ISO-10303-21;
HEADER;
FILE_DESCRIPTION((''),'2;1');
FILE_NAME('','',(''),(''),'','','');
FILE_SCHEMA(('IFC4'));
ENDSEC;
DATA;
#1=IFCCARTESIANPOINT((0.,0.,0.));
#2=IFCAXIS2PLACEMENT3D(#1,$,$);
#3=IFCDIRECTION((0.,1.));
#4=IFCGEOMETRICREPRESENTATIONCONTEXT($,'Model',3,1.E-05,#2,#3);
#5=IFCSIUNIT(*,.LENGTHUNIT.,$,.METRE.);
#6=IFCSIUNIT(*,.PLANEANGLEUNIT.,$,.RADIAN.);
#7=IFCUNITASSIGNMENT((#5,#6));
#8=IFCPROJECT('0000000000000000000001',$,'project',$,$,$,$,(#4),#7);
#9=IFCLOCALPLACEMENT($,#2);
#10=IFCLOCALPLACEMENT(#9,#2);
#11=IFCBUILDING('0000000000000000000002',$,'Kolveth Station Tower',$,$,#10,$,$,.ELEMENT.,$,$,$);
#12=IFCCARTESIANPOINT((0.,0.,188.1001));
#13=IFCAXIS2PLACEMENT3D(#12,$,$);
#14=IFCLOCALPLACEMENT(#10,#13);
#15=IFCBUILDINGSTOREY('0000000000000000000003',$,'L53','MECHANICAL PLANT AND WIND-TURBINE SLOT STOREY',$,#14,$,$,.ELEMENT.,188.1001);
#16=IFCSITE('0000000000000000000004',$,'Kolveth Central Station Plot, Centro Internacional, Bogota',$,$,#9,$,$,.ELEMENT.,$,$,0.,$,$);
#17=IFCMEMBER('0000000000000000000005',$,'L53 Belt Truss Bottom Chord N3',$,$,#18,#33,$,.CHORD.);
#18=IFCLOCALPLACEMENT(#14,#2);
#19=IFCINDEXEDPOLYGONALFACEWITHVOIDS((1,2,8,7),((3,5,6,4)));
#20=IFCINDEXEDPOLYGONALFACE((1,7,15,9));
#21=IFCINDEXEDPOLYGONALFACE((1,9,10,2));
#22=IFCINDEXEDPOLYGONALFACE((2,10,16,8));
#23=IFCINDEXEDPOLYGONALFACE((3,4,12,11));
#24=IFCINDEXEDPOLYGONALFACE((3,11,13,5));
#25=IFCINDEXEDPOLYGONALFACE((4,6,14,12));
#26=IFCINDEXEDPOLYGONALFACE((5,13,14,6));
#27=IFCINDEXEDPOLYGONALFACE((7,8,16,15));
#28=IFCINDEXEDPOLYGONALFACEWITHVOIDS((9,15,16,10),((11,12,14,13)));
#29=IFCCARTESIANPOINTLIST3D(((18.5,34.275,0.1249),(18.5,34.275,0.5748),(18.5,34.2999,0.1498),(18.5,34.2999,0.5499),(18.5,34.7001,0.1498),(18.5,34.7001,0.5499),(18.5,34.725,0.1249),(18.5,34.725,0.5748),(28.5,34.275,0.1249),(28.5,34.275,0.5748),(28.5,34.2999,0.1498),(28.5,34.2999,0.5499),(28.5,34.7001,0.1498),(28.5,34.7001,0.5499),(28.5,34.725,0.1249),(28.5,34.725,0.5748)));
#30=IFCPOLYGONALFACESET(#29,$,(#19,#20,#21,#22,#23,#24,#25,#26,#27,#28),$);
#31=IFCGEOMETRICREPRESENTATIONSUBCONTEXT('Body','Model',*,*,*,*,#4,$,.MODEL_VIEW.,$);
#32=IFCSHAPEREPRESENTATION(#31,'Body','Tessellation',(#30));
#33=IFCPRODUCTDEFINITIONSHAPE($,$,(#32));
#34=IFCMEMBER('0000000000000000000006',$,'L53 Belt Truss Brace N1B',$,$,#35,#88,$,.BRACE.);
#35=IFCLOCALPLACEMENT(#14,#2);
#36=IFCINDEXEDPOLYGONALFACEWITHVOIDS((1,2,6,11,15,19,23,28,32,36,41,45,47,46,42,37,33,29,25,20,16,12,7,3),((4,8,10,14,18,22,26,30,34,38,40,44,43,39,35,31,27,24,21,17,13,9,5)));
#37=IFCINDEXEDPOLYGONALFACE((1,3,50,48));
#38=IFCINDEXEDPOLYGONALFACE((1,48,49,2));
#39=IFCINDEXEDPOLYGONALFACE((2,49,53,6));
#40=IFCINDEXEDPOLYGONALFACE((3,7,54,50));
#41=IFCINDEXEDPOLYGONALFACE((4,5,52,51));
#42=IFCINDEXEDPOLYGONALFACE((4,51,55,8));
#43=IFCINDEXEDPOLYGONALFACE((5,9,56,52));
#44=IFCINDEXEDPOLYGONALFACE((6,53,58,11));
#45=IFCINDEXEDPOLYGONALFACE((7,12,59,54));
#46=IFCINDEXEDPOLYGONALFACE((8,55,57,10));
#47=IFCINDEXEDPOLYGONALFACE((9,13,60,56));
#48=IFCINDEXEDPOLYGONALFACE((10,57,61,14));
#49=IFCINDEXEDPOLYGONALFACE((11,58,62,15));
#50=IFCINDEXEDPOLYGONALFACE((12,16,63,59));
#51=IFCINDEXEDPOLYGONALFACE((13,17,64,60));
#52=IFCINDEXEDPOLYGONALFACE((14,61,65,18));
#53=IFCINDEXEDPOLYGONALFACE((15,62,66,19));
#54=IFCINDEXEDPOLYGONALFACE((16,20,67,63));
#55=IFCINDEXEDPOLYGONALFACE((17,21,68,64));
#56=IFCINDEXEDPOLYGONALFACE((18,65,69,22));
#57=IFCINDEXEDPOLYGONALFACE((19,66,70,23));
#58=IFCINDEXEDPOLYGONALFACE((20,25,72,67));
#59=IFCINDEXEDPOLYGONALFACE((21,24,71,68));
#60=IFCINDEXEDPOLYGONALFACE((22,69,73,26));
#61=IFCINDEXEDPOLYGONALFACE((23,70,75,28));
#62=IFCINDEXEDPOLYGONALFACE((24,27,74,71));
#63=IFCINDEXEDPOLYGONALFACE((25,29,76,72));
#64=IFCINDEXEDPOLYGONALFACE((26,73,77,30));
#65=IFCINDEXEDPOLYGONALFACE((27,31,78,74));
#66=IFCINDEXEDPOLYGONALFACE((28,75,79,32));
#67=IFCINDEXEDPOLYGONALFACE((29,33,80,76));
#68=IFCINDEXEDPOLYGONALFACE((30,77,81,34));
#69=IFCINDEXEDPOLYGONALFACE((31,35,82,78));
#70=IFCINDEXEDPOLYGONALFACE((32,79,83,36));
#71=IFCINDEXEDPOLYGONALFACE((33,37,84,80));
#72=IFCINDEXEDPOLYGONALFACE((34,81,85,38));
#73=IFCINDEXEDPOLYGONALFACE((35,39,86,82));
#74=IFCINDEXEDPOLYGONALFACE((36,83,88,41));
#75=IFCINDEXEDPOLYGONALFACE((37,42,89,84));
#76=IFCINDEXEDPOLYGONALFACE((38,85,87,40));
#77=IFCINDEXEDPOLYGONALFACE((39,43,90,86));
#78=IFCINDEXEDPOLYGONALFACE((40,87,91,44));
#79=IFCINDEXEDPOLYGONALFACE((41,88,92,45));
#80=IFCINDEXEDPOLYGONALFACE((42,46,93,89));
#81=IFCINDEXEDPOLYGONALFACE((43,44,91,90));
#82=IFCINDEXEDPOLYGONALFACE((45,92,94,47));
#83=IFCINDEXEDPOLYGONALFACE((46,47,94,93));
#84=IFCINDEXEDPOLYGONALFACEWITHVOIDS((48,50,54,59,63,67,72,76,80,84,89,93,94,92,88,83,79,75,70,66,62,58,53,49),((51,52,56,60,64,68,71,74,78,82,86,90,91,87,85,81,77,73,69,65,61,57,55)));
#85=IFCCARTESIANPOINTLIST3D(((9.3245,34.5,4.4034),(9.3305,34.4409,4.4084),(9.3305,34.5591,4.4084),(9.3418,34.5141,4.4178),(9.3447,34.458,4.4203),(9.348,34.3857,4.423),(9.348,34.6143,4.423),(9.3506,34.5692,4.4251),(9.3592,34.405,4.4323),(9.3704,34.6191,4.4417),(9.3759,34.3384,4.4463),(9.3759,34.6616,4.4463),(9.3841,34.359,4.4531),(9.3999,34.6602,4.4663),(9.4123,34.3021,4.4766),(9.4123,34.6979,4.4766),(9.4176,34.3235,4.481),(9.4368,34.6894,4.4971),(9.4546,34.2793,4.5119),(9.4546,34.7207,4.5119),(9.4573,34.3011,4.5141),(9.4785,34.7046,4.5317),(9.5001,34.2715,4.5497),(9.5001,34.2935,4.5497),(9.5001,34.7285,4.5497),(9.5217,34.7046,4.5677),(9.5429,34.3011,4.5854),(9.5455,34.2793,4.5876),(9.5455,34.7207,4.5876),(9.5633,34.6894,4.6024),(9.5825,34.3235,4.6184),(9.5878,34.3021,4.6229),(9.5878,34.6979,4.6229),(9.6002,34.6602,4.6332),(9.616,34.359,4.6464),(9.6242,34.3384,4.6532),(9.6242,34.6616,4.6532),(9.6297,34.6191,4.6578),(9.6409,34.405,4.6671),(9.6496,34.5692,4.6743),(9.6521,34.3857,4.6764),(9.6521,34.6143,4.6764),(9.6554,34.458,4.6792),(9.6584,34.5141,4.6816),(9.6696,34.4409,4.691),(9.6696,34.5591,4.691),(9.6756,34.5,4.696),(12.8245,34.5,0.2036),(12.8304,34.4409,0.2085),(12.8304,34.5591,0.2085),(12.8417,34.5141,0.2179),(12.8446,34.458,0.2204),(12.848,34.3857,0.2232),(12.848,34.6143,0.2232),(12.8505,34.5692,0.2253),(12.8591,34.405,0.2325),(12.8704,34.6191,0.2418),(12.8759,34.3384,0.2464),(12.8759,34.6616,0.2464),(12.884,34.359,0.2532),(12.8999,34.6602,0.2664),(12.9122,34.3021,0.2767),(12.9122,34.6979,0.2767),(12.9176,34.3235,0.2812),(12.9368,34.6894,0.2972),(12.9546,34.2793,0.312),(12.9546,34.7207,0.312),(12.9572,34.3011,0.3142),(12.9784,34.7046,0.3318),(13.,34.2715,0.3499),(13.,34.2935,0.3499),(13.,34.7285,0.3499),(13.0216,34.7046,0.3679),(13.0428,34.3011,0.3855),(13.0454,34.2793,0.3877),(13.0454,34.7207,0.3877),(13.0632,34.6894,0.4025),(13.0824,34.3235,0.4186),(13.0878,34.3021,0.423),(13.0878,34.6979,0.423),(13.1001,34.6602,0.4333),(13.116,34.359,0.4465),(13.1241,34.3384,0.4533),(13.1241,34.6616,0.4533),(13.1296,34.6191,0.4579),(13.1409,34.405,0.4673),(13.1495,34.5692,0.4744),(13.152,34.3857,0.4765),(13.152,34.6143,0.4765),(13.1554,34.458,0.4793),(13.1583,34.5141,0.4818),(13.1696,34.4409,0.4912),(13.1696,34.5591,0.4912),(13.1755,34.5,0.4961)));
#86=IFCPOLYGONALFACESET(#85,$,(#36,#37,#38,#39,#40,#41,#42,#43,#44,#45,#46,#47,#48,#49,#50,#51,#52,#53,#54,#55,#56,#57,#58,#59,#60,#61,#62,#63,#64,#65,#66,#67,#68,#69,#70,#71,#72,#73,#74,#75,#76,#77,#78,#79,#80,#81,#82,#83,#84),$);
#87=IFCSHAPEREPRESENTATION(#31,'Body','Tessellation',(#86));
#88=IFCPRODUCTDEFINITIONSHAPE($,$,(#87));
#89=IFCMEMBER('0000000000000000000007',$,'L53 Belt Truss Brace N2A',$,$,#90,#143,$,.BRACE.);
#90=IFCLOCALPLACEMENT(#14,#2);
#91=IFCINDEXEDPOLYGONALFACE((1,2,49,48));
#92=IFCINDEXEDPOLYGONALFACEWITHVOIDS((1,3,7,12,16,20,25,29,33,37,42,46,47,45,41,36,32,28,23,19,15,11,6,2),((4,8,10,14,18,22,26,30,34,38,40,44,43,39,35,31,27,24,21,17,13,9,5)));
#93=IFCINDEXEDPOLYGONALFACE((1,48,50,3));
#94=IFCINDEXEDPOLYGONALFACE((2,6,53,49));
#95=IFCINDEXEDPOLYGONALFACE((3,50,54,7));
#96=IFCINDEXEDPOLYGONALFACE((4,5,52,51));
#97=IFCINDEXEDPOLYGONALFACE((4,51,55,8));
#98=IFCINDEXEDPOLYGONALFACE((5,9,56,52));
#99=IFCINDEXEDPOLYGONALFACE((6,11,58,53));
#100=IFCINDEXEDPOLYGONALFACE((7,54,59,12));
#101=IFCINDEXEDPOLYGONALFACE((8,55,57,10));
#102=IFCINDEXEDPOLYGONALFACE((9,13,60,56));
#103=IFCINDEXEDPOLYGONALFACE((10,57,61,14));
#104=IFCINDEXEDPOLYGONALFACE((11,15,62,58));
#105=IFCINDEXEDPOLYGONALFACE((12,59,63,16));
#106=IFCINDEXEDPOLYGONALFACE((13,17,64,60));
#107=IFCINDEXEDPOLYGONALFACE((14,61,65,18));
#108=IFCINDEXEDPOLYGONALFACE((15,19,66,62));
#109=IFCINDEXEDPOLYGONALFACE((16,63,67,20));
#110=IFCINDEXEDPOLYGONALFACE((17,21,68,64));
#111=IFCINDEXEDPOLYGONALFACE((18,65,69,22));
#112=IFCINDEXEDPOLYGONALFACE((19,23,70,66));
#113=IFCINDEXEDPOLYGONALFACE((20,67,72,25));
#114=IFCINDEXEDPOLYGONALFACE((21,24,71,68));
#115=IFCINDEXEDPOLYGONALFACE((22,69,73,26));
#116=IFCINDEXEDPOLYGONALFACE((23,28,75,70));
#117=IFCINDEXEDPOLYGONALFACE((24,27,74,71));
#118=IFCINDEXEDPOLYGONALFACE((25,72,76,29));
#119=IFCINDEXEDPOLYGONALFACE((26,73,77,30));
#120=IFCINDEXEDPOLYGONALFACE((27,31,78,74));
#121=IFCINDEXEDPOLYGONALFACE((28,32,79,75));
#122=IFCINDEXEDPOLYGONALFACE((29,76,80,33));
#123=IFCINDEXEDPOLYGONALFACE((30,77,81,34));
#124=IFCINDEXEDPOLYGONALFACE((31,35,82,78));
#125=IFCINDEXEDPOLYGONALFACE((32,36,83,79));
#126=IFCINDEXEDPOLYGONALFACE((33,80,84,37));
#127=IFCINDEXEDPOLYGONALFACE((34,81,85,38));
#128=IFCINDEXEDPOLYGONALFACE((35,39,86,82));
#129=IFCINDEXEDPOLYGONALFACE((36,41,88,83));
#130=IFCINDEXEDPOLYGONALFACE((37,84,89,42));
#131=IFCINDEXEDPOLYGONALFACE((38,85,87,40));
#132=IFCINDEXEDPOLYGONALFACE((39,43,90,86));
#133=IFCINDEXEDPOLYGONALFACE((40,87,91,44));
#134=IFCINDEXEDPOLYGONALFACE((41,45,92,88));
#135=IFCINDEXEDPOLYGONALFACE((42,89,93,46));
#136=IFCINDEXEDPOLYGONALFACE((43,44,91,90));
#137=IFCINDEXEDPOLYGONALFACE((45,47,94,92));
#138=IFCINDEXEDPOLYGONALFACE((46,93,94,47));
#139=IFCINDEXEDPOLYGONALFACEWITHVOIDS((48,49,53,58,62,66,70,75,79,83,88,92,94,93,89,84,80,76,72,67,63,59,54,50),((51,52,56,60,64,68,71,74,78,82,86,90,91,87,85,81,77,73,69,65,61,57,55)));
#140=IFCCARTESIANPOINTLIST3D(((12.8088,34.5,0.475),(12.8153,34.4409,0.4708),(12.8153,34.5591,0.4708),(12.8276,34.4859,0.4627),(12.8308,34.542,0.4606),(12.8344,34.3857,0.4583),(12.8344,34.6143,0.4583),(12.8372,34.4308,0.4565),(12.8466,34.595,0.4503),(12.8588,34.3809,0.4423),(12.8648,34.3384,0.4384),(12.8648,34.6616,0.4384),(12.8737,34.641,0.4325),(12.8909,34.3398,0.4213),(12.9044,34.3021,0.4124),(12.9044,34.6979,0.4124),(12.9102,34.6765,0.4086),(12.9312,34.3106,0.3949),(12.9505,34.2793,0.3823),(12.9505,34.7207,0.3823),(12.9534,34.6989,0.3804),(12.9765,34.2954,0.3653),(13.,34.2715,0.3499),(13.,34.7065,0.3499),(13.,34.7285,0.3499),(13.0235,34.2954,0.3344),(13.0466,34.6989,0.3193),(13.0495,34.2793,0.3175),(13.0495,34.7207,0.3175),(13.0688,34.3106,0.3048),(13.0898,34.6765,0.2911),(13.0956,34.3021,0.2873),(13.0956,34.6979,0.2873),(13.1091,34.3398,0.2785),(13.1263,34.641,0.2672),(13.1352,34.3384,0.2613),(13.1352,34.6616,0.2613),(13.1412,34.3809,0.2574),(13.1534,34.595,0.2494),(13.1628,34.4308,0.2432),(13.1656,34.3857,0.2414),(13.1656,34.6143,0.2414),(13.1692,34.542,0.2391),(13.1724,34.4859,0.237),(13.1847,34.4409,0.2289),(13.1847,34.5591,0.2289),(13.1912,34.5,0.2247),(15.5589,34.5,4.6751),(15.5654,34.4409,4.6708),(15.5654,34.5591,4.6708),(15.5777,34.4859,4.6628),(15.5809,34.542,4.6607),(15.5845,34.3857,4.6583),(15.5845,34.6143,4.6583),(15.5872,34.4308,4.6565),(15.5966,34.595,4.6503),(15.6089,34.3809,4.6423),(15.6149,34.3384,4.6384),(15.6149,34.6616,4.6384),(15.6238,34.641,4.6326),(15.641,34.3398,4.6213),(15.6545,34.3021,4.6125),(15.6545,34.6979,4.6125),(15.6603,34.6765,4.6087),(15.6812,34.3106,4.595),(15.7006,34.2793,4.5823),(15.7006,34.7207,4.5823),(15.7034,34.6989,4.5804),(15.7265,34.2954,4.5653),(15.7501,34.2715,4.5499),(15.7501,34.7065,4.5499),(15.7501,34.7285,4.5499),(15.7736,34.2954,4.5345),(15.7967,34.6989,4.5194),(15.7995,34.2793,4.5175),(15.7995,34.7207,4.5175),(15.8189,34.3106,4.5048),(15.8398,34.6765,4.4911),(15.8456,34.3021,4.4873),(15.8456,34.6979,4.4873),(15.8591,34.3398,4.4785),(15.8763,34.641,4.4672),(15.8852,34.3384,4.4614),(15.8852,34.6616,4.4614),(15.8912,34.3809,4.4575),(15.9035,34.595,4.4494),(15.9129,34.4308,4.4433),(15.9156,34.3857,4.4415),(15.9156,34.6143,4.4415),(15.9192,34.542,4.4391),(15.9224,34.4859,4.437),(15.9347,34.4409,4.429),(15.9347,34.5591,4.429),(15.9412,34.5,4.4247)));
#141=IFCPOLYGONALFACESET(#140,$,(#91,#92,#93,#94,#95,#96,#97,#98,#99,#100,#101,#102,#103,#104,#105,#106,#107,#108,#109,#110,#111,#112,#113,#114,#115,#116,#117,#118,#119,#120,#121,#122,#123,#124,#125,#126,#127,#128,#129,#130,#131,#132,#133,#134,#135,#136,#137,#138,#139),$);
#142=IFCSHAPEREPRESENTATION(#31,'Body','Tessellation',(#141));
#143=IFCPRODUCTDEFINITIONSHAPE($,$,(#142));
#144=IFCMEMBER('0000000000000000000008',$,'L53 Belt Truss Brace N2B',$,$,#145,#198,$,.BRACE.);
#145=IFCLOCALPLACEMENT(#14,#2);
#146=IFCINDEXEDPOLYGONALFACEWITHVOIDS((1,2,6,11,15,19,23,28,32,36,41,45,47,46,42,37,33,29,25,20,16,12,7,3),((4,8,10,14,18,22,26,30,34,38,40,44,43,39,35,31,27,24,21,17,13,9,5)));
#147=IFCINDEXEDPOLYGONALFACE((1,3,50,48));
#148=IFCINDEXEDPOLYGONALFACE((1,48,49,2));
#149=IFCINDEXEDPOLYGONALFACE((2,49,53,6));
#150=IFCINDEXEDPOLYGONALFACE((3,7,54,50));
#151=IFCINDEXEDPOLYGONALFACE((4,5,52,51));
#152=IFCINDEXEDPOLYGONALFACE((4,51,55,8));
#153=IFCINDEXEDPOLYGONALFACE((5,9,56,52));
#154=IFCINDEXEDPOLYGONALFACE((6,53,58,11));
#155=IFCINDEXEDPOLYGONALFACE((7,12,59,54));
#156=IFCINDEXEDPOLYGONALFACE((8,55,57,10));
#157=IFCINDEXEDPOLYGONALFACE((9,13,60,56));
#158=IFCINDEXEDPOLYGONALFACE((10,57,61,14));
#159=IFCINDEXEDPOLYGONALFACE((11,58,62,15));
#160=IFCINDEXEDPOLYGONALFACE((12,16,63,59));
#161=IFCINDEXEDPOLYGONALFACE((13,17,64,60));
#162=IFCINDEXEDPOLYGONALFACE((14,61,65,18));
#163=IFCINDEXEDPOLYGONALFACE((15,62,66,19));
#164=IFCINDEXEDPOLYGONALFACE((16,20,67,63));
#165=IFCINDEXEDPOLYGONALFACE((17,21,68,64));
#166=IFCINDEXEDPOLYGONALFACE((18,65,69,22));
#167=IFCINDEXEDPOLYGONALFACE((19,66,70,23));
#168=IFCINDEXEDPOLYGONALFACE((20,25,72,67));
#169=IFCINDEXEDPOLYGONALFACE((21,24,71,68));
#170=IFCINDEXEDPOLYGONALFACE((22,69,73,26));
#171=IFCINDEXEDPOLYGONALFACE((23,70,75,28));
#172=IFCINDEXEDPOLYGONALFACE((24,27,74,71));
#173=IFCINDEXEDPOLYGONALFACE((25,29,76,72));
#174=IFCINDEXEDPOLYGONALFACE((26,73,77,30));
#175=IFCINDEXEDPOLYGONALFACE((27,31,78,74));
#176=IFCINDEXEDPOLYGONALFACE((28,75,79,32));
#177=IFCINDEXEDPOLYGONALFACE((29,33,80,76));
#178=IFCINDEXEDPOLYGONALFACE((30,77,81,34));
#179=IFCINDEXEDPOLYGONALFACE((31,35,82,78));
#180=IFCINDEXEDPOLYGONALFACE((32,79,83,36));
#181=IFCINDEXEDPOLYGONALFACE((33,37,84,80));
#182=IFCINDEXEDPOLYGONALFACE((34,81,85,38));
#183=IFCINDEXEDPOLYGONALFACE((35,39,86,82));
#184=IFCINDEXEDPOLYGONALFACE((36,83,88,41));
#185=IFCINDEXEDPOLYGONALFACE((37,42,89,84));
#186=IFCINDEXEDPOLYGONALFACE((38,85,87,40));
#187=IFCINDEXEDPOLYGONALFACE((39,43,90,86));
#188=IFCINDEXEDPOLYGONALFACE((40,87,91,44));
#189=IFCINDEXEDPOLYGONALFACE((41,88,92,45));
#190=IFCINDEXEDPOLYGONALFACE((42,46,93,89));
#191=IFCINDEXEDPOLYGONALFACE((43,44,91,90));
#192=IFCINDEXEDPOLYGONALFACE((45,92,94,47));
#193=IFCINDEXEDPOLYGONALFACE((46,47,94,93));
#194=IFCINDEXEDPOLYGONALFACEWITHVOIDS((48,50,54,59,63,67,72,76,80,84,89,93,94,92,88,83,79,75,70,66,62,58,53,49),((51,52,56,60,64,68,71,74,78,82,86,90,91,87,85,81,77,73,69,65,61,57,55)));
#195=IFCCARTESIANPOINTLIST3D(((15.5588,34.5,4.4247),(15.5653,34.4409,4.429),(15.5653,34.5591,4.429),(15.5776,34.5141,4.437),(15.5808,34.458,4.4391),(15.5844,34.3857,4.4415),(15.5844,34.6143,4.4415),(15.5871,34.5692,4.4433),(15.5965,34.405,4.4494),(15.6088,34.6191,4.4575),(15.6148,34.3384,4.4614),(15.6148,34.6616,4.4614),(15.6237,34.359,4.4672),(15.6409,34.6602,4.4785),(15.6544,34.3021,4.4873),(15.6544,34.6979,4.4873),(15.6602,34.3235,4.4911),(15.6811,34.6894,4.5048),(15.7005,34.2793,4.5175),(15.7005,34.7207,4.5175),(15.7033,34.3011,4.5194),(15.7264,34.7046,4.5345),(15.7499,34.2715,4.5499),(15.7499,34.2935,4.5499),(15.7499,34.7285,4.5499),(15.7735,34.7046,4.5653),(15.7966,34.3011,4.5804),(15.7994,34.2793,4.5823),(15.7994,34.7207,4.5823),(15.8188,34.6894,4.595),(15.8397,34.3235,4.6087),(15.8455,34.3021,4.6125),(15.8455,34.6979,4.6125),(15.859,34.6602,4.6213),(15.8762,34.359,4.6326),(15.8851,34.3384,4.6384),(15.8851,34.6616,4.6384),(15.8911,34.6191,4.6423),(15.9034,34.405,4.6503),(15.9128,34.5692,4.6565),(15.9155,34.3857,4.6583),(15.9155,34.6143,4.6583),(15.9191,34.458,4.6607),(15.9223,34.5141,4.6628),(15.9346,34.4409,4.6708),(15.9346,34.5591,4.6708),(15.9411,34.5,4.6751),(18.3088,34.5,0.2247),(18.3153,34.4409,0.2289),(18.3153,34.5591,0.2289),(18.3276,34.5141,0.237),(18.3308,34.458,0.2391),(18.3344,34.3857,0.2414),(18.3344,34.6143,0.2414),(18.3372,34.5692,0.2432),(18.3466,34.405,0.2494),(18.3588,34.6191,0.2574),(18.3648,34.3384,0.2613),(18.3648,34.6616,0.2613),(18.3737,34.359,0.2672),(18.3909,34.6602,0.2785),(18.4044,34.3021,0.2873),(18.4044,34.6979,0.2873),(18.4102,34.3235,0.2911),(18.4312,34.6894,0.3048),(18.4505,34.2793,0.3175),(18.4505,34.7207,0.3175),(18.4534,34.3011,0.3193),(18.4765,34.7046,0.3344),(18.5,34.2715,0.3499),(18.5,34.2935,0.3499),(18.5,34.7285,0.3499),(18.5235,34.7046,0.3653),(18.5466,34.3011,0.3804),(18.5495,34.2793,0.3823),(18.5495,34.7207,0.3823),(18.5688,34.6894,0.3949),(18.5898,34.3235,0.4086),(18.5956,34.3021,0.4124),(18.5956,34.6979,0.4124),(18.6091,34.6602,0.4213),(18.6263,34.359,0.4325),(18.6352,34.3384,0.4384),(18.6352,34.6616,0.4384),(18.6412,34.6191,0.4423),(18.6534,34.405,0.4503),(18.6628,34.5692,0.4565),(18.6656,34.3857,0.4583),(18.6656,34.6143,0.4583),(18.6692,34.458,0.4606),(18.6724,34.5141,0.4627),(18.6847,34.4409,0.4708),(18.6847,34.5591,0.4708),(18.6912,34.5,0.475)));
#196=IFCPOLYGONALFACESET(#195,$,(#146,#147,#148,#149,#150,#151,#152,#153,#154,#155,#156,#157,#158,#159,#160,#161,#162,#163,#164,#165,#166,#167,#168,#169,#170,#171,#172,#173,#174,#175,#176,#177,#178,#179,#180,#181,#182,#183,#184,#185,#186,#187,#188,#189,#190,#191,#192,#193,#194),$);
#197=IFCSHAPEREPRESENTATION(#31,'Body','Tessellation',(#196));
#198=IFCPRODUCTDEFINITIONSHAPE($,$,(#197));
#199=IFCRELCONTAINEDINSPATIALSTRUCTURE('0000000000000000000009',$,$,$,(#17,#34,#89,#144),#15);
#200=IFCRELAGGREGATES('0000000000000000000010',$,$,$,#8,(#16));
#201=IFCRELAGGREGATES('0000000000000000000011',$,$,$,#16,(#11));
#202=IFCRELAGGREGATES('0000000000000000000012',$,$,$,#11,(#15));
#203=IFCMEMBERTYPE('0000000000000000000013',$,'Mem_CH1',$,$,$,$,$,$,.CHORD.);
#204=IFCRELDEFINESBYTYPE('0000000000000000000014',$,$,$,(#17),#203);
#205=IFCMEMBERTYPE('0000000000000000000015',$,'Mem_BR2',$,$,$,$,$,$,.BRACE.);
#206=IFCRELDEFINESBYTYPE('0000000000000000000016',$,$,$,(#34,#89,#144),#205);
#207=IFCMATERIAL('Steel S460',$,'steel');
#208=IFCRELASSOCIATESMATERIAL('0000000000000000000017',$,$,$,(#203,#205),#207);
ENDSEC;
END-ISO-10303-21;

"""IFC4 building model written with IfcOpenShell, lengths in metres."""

from ifc_helpers import new_model, si_unit, direction, frame, origin, origin_2d, place, context, subcontext, project, spatial, hollow_rectangle, hollow_circle, extrude, source, transform, mapped, material, material_profile, profile_set, type_object, element, save


model = new_model("IFC4")

# Units and contexts
model_context = context("Model", 3, precision=1e-05, world=origin(), true_north=direction((0.0, 1.0)))
body_context = subcontext(model_context, "Body", "Model", "MODEL_VIEW")
ifc_project = project(units=[si_unit("LENGTHUNIT", "METRE"), si_unit("PLANEANGLEUNIT", "RADIAN")], contexts=[model_context])

# Site, building, storey
site_placement = place(None, origin())
site = spatial("IfcSite", under=ifc_project, at=site_placement, Name="Kolveth Central Station Plot, Centro Internacional, Bogota", CompositionType="ELEMENT", RefElevation=0.0)
building_placement = place(site_placement, origin())
building = spatial("IfcBuilding", under=site, at=building_placement, Name="Kolveth Station Tower", CompositionType="ELEMENT")
storey_placement = place(building_placement, frame((0.0, 0.0, 188.1001)))
storey = spatial("IfcBuildingStorey", under=building, at=storey_placement, Name="L53", Description="MECHANICAL PLANT AND WIND-TURBINE SLOT STOREY", CompositionType="ELEMENT", Elevation=188.1001)

# Members
ifc_material_1 = material(Name="Steel S460", Category="steel")
ifc_material_profile_1 = material_profile(ifc_material_1, hollow_rectangle(XDim=0.45, YDim=0.45, WallThickness=0.0249, at=origin_2d()), Name="HSS450x450x25")
ifc_profile_set_1 = profile_set([ifc_material_profile_1], Name="Steel S460")
member_type_1 = type_object("IfcMemberType", Name="Mem_CH1", PredefinedType="CHORD", material=ifc_profile_set_1)
shared_shape_1 = source(origin(), body_context, "Body", "SweptSolid", [
    extrude(hollow_rectangle(XDim=0.45, YDim=0.45, WallThickness=0.0249, at=origin_2d()), origin(), (0.0, 0.0, 1.0), 10.0),
])
member_1_placement = place(storey_placement, frame((18.5, 34.5, 0.3499), z_axis=(1.0, 0.0, 0.0), x_axis=(0.0, 1.0, 0.0)))
element("IfcMember", 1, at=member_1_placement, inside=storey, type_object=member_type_1, Name="L53 Belt Truss Bottom Chord N3", PredefinedType="CHORD", context=body_context, shape_type="MappedRepresentation", body=[
    mapped(shared_shape_1, transform((0.0, 0.0, 0.0), x_axis=(1.0, 0.0, 0.0), y_axis=(0.0, 1.0, 0.0), z_axis=(0.0, 0.0, 1.0), scale=1.0)),
])
ifc_material_profile_2 = material_profile(ifc_material_1, hollow_circle(Radius=0.2285, WallThickness=0.022, at=origin_2d()), Name="CHS457x22")
ifc_profile_set_2 = profile_set([ifc_material_profile_2], Name="Steel S460")
member_type_2 = type_object("IfcMemberType", Name="Mem_BR2", PredefinedType="BRACE", material=ifc_profile_set_2)
shared_shape_2 = source(origin(), body_context, "Body", "SweptSolid", [
    extrude(hollow_circle(Radius=0.2285, WallThickness=0.022, at=origin_2d()), origin(), (0.0, 0.0, 1.0), 5.467),
])
member_2_placement = place(storey_placement, frame((13.0, 34.5, 0.3499), z_axis=(-0.640189, 0.0, 0.768218), x_axis=(0.0, -1.0, 0.0)))
element("IfcMember", 2, at=member_2_placement, inside=storey, type_object=member_type_2, Name="L53 Belt Truss Brace N1B", PredefinedType="BRACE", context=body_context, shape_type="MappedRepresentation", body=[
    mapped(shared_shape_2, transform((0.0, 0.0, 0.0), x_axis=(1.0, 0.0, 0.0), y_axis=(0.0, 1.0, 0.0), z_axis=(0.0, 0.0, 1.0), scale=1.0)),
])
shared_shape_3 = source(origin(), body_context, "Body", "SweptSolid", [
    extrude(hollow_circle(Radius=0.2285, WallThickness=0.022, at=origin_2d()), origin(), (0.0, 0.0, 1.0), 5.0203),
])
for number, where, z_axis, x_axis, name in (
    (3, (13.0, 34.5, 0.3499), (0.54779, 0.0, 0.836616), (0.0, 1.0, 0.0), "L53 Belt Truss Brace N2A"),
    (4, (18.5, 34.5, 0.3499), (-0.54779, 0.0, 0.836616), (0.0, -1.0, 0.0), "L53 Belt Truss Brace N2B"),
):
    element("IfcMember", number, at=place(storey_placement, frame(where, z_axis=z_axis, x_axis=x_axis)), inside=storey, type_object=member_type_2, Name=name, PredefinedType="BRACE", context=body_context, shape_type="MappedRepresentation", body=[
        mapped(shared_shape_3, transform((0.0, 0.0, 0.0), x_axis=(1.0, 0.0, 0.0), y_axis=(0.0, 1.0, 0.0), z_axis=(0.0, 0.0, 1.0), scale=1.0)),
    ])

save(model, "model.ifc")
